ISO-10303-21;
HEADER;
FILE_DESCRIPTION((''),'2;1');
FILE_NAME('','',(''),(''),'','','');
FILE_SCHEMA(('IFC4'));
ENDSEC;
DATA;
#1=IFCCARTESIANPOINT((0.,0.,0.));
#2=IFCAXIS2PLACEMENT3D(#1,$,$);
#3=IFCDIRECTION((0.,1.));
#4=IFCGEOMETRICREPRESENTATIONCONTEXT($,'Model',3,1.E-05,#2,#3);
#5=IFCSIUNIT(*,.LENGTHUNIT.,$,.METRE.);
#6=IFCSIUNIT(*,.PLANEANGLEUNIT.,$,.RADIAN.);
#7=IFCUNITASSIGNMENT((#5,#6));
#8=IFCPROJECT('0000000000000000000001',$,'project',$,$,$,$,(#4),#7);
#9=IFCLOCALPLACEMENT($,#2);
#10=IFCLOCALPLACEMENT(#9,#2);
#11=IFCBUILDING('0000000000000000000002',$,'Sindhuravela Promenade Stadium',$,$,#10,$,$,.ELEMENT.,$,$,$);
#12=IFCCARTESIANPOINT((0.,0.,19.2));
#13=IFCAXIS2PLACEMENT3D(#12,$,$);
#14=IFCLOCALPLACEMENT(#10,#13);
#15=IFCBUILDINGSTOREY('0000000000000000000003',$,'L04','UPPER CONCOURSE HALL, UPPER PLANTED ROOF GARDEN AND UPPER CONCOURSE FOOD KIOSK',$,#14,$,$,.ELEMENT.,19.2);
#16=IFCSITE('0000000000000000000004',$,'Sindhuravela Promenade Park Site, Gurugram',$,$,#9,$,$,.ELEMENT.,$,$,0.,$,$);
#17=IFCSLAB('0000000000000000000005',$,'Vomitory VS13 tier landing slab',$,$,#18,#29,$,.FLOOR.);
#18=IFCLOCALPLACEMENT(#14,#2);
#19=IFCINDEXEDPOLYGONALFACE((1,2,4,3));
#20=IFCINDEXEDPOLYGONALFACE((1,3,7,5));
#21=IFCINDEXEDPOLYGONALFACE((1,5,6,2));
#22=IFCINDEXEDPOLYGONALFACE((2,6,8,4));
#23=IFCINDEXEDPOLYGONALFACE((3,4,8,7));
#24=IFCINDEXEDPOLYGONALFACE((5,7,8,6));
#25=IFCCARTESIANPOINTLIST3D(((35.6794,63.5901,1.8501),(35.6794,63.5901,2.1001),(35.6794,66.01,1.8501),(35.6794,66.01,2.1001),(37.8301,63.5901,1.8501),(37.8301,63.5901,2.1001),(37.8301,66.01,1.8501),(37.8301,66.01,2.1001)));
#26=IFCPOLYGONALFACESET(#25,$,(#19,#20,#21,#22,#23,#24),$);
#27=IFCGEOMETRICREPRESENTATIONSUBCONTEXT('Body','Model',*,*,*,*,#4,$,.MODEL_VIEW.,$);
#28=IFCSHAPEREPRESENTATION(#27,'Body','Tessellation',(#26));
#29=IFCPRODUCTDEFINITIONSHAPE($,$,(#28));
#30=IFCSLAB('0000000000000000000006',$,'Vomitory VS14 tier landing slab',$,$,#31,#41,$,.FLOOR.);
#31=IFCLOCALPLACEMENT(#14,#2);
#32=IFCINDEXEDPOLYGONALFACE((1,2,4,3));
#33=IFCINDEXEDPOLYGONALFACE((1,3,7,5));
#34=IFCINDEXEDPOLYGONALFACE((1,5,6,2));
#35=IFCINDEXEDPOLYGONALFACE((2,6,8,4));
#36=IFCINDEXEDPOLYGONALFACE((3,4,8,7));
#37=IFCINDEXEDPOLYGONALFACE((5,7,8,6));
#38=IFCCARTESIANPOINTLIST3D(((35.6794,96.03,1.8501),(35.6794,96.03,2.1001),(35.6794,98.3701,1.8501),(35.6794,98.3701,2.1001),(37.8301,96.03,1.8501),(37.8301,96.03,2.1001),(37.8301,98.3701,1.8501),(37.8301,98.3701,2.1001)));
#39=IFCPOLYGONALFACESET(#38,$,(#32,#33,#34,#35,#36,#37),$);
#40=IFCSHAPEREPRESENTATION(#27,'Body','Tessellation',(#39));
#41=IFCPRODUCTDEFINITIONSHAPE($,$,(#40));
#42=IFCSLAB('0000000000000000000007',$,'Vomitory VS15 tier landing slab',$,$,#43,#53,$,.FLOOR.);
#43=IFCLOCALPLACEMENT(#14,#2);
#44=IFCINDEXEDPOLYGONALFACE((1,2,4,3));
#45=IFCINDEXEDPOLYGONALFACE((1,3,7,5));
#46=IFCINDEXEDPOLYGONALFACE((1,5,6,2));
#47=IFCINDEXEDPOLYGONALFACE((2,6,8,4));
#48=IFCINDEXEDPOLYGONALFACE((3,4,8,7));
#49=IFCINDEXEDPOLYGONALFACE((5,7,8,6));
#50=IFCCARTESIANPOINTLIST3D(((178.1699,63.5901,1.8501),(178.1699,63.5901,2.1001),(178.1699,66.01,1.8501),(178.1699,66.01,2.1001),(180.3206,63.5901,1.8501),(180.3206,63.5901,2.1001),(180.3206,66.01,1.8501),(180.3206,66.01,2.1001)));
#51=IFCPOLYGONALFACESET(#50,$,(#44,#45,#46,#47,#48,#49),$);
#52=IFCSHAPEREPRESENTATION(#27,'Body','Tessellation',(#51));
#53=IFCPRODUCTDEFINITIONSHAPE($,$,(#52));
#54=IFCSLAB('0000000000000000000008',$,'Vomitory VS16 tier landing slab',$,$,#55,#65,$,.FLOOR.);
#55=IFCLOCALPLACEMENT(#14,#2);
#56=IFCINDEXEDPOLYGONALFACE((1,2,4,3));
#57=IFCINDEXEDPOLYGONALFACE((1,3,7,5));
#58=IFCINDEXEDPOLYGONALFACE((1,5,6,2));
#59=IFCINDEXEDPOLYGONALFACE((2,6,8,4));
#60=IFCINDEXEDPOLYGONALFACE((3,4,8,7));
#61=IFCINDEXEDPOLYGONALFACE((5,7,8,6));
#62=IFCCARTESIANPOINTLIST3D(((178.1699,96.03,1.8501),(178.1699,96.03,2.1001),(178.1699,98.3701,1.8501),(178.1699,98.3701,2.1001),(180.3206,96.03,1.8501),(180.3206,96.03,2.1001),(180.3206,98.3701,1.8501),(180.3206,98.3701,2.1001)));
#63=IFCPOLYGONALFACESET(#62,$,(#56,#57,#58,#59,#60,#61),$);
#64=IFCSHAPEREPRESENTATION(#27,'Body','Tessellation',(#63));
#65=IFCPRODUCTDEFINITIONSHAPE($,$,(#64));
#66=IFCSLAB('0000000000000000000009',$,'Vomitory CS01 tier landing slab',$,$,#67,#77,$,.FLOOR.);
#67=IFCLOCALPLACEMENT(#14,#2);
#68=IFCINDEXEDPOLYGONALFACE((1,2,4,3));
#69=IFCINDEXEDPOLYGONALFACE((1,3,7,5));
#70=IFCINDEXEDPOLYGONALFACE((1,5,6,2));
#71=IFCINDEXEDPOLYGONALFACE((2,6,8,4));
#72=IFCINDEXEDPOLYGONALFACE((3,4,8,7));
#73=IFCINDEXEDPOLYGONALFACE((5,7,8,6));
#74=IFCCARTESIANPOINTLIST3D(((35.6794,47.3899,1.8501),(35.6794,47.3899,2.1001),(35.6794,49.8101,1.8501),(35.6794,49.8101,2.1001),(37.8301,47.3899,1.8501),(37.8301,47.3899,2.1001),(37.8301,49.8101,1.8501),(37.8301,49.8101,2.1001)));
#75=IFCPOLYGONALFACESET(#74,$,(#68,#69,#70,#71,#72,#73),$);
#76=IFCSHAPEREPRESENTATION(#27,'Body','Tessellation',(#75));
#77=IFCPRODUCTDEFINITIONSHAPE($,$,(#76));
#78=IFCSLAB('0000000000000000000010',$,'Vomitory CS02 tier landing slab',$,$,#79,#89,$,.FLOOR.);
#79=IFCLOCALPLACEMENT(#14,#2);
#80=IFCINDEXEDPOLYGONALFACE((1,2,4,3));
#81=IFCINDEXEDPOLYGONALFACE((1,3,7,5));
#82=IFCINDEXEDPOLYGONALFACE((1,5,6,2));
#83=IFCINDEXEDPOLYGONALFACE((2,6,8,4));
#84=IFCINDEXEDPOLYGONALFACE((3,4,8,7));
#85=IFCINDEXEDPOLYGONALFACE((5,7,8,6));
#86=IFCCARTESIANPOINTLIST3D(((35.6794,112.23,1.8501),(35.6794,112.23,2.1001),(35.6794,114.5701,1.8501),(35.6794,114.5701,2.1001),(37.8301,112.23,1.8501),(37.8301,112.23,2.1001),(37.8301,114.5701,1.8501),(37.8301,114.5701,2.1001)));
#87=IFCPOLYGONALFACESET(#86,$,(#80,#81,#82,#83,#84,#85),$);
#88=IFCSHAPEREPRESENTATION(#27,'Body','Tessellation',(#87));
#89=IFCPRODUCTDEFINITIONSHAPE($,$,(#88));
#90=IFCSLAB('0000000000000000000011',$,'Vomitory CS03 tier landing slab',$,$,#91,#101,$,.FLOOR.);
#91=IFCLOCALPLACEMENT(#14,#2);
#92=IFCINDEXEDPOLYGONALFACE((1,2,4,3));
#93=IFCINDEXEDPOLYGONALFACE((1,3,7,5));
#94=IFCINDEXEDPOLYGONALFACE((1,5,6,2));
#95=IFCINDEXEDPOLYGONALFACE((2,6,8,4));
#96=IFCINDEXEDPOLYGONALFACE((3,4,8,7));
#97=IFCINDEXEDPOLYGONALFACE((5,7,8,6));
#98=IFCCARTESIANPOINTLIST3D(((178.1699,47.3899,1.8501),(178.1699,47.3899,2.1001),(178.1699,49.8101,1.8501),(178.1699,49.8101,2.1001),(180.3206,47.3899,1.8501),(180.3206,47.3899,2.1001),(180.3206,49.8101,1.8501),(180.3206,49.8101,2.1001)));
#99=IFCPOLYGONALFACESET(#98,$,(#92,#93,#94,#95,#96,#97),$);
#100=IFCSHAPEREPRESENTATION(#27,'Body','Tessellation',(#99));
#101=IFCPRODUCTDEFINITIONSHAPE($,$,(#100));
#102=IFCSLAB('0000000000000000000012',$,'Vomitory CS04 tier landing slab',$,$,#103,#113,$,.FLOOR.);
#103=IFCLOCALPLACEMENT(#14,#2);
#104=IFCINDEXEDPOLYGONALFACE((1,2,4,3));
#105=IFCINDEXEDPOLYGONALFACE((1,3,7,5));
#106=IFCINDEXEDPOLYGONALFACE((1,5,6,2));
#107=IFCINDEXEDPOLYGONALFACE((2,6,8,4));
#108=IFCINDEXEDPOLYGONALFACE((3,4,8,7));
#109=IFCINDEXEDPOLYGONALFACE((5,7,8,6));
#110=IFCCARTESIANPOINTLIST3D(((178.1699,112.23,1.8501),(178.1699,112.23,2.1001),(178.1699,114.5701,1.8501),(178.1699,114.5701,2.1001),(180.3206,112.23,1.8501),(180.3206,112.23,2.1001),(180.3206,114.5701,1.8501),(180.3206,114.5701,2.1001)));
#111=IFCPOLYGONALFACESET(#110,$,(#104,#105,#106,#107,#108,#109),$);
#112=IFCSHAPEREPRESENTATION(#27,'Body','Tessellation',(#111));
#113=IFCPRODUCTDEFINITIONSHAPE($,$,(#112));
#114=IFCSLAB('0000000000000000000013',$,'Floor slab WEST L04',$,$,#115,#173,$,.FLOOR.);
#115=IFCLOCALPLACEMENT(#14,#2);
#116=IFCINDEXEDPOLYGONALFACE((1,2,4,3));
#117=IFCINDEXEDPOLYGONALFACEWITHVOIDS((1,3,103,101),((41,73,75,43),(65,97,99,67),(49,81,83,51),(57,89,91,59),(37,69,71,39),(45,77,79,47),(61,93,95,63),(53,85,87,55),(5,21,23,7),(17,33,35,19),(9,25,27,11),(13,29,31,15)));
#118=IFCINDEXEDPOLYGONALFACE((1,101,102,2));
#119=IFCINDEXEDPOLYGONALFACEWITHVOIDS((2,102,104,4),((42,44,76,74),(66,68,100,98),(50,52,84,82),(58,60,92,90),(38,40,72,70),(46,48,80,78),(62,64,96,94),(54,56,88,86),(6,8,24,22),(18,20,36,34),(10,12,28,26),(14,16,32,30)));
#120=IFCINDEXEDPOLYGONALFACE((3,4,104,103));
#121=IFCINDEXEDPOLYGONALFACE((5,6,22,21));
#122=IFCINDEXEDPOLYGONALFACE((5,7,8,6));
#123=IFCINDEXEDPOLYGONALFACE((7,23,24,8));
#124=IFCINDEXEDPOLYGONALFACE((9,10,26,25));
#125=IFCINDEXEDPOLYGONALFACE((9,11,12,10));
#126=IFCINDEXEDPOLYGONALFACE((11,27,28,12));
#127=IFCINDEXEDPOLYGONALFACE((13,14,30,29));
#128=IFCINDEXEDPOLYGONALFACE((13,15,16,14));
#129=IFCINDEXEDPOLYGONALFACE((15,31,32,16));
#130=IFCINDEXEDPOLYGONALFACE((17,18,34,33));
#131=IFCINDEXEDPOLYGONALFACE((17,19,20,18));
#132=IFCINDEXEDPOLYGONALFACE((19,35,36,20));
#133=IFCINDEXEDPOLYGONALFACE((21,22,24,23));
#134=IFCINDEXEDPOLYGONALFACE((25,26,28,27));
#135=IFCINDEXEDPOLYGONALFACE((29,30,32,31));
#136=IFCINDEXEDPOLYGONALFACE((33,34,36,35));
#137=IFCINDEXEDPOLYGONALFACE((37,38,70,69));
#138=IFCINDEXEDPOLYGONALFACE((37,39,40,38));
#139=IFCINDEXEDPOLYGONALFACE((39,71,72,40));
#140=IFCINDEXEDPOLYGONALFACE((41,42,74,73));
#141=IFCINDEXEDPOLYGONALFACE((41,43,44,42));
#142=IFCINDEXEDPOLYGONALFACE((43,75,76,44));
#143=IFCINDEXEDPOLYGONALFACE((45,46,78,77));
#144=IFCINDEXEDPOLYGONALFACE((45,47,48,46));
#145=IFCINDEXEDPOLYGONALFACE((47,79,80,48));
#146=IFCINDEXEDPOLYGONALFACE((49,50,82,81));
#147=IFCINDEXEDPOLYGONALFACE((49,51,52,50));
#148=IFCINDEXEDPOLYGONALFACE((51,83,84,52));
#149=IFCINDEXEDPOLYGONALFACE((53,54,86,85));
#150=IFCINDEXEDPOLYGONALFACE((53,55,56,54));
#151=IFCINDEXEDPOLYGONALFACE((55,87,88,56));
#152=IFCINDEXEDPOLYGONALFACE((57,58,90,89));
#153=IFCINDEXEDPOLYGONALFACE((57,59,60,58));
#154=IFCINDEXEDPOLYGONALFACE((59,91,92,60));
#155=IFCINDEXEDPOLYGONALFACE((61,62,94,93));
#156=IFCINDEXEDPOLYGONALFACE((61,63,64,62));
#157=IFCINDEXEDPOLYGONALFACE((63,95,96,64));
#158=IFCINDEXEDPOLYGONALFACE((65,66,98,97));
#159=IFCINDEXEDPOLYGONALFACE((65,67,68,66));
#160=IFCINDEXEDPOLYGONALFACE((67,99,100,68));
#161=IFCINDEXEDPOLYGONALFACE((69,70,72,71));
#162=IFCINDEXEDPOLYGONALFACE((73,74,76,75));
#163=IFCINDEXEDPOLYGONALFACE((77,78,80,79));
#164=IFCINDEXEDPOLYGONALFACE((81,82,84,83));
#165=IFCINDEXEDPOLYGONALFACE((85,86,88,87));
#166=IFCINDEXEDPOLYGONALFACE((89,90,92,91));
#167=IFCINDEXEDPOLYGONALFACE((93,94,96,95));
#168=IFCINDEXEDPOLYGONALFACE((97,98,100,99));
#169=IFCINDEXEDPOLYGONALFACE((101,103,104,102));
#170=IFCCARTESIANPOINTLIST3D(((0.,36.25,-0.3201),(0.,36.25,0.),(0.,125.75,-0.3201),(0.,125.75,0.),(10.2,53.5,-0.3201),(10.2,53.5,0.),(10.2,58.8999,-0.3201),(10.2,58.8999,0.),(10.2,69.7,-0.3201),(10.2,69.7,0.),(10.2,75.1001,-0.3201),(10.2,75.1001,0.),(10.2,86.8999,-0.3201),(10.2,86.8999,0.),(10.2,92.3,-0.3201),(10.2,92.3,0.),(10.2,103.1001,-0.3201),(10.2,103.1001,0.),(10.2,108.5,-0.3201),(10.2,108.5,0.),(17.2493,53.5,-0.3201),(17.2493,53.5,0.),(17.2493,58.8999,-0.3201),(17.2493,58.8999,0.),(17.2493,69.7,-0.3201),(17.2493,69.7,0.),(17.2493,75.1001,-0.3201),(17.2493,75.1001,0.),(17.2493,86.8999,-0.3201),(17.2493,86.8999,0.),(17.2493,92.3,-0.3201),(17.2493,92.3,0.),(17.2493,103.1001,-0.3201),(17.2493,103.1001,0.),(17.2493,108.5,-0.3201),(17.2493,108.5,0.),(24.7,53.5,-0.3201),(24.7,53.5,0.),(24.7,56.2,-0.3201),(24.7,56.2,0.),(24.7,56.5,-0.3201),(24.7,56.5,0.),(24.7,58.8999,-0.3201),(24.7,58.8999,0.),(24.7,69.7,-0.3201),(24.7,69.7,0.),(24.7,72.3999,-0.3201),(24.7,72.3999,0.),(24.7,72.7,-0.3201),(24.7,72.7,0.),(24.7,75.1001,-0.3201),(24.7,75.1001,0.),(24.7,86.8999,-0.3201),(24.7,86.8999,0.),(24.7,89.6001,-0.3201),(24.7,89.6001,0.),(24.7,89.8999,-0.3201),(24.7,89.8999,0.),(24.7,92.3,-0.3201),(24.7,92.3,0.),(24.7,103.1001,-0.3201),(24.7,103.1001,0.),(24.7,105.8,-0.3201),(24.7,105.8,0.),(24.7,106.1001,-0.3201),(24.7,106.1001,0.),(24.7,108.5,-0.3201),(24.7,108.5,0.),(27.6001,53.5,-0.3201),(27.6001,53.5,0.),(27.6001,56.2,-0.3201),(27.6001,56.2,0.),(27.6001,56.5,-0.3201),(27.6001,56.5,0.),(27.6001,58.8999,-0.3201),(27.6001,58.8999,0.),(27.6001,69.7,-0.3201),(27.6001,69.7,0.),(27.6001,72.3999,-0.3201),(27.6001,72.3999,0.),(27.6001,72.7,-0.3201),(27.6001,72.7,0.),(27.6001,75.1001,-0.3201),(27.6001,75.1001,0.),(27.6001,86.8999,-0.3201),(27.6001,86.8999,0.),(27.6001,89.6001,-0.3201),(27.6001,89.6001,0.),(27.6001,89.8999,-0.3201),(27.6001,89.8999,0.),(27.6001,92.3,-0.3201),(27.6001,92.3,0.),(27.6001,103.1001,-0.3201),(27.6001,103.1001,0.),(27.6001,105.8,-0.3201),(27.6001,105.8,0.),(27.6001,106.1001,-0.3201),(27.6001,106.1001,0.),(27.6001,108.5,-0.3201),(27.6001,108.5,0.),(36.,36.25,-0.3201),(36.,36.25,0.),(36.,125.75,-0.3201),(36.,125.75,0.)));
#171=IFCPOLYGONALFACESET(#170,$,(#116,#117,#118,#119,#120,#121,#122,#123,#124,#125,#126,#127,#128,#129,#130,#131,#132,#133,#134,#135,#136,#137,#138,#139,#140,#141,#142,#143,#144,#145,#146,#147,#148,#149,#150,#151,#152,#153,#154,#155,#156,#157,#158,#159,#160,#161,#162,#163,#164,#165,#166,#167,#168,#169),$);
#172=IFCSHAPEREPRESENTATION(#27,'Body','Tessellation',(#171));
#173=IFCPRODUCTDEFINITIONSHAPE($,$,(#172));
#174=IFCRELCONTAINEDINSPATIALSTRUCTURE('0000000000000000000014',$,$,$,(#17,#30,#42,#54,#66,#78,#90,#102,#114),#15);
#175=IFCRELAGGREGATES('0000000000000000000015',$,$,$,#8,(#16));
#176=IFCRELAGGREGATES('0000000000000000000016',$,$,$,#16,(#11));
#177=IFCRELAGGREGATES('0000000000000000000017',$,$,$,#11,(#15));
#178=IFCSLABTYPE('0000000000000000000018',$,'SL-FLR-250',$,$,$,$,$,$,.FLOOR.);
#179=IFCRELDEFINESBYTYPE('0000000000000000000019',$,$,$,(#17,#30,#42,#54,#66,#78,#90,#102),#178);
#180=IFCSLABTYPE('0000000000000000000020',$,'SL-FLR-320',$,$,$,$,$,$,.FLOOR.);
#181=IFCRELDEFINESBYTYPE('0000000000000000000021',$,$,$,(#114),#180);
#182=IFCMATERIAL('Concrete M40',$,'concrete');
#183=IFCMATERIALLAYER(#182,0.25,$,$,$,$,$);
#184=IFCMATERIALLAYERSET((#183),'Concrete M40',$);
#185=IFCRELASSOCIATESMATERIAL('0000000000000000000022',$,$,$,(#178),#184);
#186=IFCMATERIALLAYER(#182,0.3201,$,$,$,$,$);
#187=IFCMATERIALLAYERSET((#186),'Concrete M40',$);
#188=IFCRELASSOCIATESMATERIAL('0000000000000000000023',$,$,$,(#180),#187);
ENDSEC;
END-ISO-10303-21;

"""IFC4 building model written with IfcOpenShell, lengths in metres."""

from ifc_helpers import new_model, si_unit, direction, frame, origin, place, context, subcontext, project, spatial, polyline, outline, extrude, material, layer, layer_set, type_object, element, save


model = new_model("IFC4")

# Units and contexts
model_context = context("Model", 3, precision=1e-05, world=origin(), true_north=direction((0.0, 1.0)))
body_context = subcontext(model_context, "Body", "Model", "MODEL_VIEW")
ifc_project = project(units=[si_unit("LENGTHUNIT", "METRE"), si_unit("PLANEANGLEUNIT", "RADIAN")], contexts=[model_context])

# Site, building, storey
site_placement = place(None, origin())
site = spatial("IfcSite", under=ifc_project, at=site_placement, Name="Sindhuravela Promenade Park Site, Gurugram", CompositionType="ELEMENT", RefElevation=0.0)
building_placement = place(site_placement, origin())
building = spatial("IfcBuilding", under=site, at=building_placement, Name="Sindhuravela Promenade Stadium", CompositionType="ELEMENT")
storey_placement = place(building_placement, frame((0.0, 0.0, 19.2)))
storey = spatial("IfcBuildingStorey", under=building, at=storey_placement, Name="L04", Description="UPPER CONCOURSE HALL, UPPER PLANTED ROOF GARDEN AND UPPER CONCOURSE FOOD KIOSK", CompositionType="ELEMENT", Elevation=19.2)

# Slabs
ifc_material_1 = material(Name="Concrete M40", Category="concrete")
ifc_layer_1 = layer(ifc_material_1, 0.25)
ifc_layer_set_1 = layer_set([ifc_layer_1], Name="Concrete M40")
slab_type_1 = type_object("IfcSlabType", Name="SL-FLR-250", PredefinedType="FLOOR", material=ifc_layer_set_1)
slab_1_placement = place(storey_placement, frame((0.0, 0.0, 1.8501)))
element("IfcSlab", 1, at=slab_1_placement, inside=storey, type_object=slab_type_1, Name="Vomitory VS13 tier landing slab", PredefinedType="FLOOR", context=body_context, shape_type="SweptSolid", body=[
    extrude(outline(polyline([(35.6794, 63.5901), (37.8301, 63.5901), (37.8301, 66.01), (35.6794, 66.01), (35.6794, 63.5901)])), origin(), (0.0, 0.0, 1.0), 0.25),
])
slab_2_placement = place(storey_placement, frame((0.0, 0.0, 1.8501)))
element("IfcSlab", 2, at=slab_2_placement, inside=storey, type_object=slab_type_1, Name="Vomitory VS14 tier landing slab", PredefinedType="FLOOR", context=body_context, shape_type="SweptSolid", body=[
    extrude(outline(polyline([(35.6794, 96.03), (37.8301, 96.03), (37.8301, 98.3701), (35.6794, 98.3701), (35.6794, 96.03)])), origin(), (0.0, 0.0, 1.0), 0.25),
])
slab_3_placement = place(storey_placement, frame((0.0, 0.0, 1.8501)))
element("IfcSlab", 3, at=slab_3_placement, inside=storey, type_object=slab_type_1, Name="Vomitory VS15 tier landing slab", PredefinedType="FLOOR", context=body_context, shape_type="SweptSolid", body=[
    extrude(outline(polyline([(180.3206, 66.01), (178.1699, 66.01), (178.1699, 63.5901), (180.3206, 63.5901), (180.3206, 66.01)])), origin(), (0.0, 0.0, 1.0), 0.25),
])
slab_4_placement = place(storey_placement, frame((0.0, 0.0, 1.8501)))
element("IfcSlab", 4, at=slab_4_placement, inside=storey, type_object=slab_type_1, Name="Vomitory VS16 tier landing slab", PredefinedType="FLOOR", context=body_context, shape_type="SweptSolid", body=[
    extrude(outline(polyline([(180.3206, 98.3701), (178.1699, 98.3701), (178.1699, 96.03), (180.3206, 96.03), (180.3206, 98.3701)])), origin(), (0.0, 0.0, 1.0), 0.25),
])
slab_5_placement = place(storey_placement, frame((0.0, 0.0, 1.8501)))
element("IfcSlab", 5, at=slab_5_placement, inside=storey, type_object=slab_type_1, Name="Vomitory CS01 tier landing slab", PredefinedType="FLOOR", context=body_context, shape_type="SweptSolid", body=[
    extrude(outline(polyline([(35.6794, 47.3899), (37.8301, 47.3899), (37.8301, 49.8101), (35.6794, 49.8101), (35.6794, 47.3899)])), origin(), (0.0, 0.0, 1.0), 0.25),
])
slab_6_placement = place(storey_placement, frame((0.0, 0.0, 1.8501)))
element("IfcSlab", 6, at=slab_6_placement, inside=storey, type_object=slab_type_1, Name="Vomitory CS02 tier landing slab", PredefinedType="FLOOR", context=body_context, shape_type="SweptSolid", body=[
    extrude(outline(polyline([(35.6794, 112.23), (37.8301, 112.23), (37.8301, 114.5701), (35.6794, 114.5701), (35.6794, 112.23)])), origin(), (0.0, 0.0, 1.0), 0.25),
])
slab_7_placement = place(storey_placement, frame((0.0, 0.0, 1.8501)))
element("IfcSlab", 7, at=slab_7_placement, inside=storey, type_object=slab_type_1, Name="Vomitory CS03 tier landing slab", PredefinedType="FLOOR", context=body_context, shape_type="SweptSolid", body=[
    extrude(outline(polyline([(180.3206, 49.8101), (178.1699, 49.8101), (178.1699, 47.3899), (180.3206, 47.3899), (180.3206, 49.8101)])), origin(), (0.0, 0.0, 1.0), 0.25),
])
slab_8_placement = place(storey_placement, frame((0.0, 0.0, 1.8501)))
element("IfcSlab", 8, at=slab_8_placement, inside=storey, type_object=slab_type_1, Name="Vomitory CS04 tier landing slab", PredefinedType="FLOOR", context=body_context, shape_type="SweptSolid", body=[
    extrude(outline(polyline([(180.3206, 114.5701), (178.1699, 114.5701), (178.1699, 112.23), (180.3206, 112.23), (180.3206, 114.5701)])), origin(), (0.0, 0.0, 1.0), 0.25),
])
ifc_layer_2 = layer(ifc_material_1, 0.3201)
ifc_layer_set_2 = layer_set([ifc_layer_2], Name="Concrete M40")
slab_type_2 = type_object("IfcSlabType", Name="SL-FLR-320", PredefinedType="FLOOR", material=ifc_layer_set_2)
slab_9_placement = place(storey_placement, frame((0.0, 0.0, -0.3201)))
element("IfcSlab", 9, at=slab_9_placement, inside=storey, type_object=slab_type_2, Name="Floor slab WEST L04", PredefinedType="FLOOR", context=body_context, shape_type="SweptSolid", body=[
    extrude(outline(polyline([(0.0, 36.25), (36.0, 36.25), (36.0, 125.75), (0.0, 125.75), (0.0, 36.25)]), holes=[polyline([(10.2, 53.5), (17.2493, 53.5), (17.2493, 58.8999), (10.2, 58.8999), (10.2, 53.5)]), polyline([(24.7, 56.5), (27.6001, 56.5), (27.6001, 58.8999), (24.7, 58.8999), (24.7, 56.5)]), polyline([(24.7, 53.5), (27.6001, 53.5), (27.6001, 56.2), (24.7, 56.2), (24.7, 53.5)]), polyline([(10.2, 69.7), (17.2493, 69.7), (17.2493, 75.1001), (10.2, 75.1001), (10.2, 69.7)]), polyline([(24.7, 72.7), (27.6001, 72.7), (27.6001, 75.1001), (24.7, 75.1001), (24.7, 72.7)]), polyline([(24.7, 69.7), (27.6001, 69.7), (27.6001, 72.3999), (24.7, 72.3999), (24.7, 69.7)]), polyline([(10.2, 86.8999), (17.2493, 86.8999), (17.2493, 92.3), (10.2, 92.3), (10.2, 86.8999)]), polyline([(24.7, 89.8999), (27.6001, 89.8999), (27.6001, 92.3), (24.7, 92.3), (24.7, 89.8999)]), polyline([(24.7, 86.8999), (27.6001, 86.8999), (27.6001, 89.6001), (24.7, 89.6001), (24.7, 86.8999)]), polyline([(10.2, 103.1001), (17.2493, 103.1001), (17.2493, 108.5), (10.2, 108.5), (10.2, 103.1001)]), polyline([(24.7, 106.1001), (27.6001, 106.1001), (27.6001, 108.5), (24.7, 108.5), (24.7, 106.1001)]), polyline([(24.7, 103.1001), (27.6001, 103.1001), (27.6001, 105.8), (24.7, 105.8), (24.7, 103.1001)])]), origin(), (0.0, 0.0, 1.0), 0.3201),
])

save(model, "model.ifc")
